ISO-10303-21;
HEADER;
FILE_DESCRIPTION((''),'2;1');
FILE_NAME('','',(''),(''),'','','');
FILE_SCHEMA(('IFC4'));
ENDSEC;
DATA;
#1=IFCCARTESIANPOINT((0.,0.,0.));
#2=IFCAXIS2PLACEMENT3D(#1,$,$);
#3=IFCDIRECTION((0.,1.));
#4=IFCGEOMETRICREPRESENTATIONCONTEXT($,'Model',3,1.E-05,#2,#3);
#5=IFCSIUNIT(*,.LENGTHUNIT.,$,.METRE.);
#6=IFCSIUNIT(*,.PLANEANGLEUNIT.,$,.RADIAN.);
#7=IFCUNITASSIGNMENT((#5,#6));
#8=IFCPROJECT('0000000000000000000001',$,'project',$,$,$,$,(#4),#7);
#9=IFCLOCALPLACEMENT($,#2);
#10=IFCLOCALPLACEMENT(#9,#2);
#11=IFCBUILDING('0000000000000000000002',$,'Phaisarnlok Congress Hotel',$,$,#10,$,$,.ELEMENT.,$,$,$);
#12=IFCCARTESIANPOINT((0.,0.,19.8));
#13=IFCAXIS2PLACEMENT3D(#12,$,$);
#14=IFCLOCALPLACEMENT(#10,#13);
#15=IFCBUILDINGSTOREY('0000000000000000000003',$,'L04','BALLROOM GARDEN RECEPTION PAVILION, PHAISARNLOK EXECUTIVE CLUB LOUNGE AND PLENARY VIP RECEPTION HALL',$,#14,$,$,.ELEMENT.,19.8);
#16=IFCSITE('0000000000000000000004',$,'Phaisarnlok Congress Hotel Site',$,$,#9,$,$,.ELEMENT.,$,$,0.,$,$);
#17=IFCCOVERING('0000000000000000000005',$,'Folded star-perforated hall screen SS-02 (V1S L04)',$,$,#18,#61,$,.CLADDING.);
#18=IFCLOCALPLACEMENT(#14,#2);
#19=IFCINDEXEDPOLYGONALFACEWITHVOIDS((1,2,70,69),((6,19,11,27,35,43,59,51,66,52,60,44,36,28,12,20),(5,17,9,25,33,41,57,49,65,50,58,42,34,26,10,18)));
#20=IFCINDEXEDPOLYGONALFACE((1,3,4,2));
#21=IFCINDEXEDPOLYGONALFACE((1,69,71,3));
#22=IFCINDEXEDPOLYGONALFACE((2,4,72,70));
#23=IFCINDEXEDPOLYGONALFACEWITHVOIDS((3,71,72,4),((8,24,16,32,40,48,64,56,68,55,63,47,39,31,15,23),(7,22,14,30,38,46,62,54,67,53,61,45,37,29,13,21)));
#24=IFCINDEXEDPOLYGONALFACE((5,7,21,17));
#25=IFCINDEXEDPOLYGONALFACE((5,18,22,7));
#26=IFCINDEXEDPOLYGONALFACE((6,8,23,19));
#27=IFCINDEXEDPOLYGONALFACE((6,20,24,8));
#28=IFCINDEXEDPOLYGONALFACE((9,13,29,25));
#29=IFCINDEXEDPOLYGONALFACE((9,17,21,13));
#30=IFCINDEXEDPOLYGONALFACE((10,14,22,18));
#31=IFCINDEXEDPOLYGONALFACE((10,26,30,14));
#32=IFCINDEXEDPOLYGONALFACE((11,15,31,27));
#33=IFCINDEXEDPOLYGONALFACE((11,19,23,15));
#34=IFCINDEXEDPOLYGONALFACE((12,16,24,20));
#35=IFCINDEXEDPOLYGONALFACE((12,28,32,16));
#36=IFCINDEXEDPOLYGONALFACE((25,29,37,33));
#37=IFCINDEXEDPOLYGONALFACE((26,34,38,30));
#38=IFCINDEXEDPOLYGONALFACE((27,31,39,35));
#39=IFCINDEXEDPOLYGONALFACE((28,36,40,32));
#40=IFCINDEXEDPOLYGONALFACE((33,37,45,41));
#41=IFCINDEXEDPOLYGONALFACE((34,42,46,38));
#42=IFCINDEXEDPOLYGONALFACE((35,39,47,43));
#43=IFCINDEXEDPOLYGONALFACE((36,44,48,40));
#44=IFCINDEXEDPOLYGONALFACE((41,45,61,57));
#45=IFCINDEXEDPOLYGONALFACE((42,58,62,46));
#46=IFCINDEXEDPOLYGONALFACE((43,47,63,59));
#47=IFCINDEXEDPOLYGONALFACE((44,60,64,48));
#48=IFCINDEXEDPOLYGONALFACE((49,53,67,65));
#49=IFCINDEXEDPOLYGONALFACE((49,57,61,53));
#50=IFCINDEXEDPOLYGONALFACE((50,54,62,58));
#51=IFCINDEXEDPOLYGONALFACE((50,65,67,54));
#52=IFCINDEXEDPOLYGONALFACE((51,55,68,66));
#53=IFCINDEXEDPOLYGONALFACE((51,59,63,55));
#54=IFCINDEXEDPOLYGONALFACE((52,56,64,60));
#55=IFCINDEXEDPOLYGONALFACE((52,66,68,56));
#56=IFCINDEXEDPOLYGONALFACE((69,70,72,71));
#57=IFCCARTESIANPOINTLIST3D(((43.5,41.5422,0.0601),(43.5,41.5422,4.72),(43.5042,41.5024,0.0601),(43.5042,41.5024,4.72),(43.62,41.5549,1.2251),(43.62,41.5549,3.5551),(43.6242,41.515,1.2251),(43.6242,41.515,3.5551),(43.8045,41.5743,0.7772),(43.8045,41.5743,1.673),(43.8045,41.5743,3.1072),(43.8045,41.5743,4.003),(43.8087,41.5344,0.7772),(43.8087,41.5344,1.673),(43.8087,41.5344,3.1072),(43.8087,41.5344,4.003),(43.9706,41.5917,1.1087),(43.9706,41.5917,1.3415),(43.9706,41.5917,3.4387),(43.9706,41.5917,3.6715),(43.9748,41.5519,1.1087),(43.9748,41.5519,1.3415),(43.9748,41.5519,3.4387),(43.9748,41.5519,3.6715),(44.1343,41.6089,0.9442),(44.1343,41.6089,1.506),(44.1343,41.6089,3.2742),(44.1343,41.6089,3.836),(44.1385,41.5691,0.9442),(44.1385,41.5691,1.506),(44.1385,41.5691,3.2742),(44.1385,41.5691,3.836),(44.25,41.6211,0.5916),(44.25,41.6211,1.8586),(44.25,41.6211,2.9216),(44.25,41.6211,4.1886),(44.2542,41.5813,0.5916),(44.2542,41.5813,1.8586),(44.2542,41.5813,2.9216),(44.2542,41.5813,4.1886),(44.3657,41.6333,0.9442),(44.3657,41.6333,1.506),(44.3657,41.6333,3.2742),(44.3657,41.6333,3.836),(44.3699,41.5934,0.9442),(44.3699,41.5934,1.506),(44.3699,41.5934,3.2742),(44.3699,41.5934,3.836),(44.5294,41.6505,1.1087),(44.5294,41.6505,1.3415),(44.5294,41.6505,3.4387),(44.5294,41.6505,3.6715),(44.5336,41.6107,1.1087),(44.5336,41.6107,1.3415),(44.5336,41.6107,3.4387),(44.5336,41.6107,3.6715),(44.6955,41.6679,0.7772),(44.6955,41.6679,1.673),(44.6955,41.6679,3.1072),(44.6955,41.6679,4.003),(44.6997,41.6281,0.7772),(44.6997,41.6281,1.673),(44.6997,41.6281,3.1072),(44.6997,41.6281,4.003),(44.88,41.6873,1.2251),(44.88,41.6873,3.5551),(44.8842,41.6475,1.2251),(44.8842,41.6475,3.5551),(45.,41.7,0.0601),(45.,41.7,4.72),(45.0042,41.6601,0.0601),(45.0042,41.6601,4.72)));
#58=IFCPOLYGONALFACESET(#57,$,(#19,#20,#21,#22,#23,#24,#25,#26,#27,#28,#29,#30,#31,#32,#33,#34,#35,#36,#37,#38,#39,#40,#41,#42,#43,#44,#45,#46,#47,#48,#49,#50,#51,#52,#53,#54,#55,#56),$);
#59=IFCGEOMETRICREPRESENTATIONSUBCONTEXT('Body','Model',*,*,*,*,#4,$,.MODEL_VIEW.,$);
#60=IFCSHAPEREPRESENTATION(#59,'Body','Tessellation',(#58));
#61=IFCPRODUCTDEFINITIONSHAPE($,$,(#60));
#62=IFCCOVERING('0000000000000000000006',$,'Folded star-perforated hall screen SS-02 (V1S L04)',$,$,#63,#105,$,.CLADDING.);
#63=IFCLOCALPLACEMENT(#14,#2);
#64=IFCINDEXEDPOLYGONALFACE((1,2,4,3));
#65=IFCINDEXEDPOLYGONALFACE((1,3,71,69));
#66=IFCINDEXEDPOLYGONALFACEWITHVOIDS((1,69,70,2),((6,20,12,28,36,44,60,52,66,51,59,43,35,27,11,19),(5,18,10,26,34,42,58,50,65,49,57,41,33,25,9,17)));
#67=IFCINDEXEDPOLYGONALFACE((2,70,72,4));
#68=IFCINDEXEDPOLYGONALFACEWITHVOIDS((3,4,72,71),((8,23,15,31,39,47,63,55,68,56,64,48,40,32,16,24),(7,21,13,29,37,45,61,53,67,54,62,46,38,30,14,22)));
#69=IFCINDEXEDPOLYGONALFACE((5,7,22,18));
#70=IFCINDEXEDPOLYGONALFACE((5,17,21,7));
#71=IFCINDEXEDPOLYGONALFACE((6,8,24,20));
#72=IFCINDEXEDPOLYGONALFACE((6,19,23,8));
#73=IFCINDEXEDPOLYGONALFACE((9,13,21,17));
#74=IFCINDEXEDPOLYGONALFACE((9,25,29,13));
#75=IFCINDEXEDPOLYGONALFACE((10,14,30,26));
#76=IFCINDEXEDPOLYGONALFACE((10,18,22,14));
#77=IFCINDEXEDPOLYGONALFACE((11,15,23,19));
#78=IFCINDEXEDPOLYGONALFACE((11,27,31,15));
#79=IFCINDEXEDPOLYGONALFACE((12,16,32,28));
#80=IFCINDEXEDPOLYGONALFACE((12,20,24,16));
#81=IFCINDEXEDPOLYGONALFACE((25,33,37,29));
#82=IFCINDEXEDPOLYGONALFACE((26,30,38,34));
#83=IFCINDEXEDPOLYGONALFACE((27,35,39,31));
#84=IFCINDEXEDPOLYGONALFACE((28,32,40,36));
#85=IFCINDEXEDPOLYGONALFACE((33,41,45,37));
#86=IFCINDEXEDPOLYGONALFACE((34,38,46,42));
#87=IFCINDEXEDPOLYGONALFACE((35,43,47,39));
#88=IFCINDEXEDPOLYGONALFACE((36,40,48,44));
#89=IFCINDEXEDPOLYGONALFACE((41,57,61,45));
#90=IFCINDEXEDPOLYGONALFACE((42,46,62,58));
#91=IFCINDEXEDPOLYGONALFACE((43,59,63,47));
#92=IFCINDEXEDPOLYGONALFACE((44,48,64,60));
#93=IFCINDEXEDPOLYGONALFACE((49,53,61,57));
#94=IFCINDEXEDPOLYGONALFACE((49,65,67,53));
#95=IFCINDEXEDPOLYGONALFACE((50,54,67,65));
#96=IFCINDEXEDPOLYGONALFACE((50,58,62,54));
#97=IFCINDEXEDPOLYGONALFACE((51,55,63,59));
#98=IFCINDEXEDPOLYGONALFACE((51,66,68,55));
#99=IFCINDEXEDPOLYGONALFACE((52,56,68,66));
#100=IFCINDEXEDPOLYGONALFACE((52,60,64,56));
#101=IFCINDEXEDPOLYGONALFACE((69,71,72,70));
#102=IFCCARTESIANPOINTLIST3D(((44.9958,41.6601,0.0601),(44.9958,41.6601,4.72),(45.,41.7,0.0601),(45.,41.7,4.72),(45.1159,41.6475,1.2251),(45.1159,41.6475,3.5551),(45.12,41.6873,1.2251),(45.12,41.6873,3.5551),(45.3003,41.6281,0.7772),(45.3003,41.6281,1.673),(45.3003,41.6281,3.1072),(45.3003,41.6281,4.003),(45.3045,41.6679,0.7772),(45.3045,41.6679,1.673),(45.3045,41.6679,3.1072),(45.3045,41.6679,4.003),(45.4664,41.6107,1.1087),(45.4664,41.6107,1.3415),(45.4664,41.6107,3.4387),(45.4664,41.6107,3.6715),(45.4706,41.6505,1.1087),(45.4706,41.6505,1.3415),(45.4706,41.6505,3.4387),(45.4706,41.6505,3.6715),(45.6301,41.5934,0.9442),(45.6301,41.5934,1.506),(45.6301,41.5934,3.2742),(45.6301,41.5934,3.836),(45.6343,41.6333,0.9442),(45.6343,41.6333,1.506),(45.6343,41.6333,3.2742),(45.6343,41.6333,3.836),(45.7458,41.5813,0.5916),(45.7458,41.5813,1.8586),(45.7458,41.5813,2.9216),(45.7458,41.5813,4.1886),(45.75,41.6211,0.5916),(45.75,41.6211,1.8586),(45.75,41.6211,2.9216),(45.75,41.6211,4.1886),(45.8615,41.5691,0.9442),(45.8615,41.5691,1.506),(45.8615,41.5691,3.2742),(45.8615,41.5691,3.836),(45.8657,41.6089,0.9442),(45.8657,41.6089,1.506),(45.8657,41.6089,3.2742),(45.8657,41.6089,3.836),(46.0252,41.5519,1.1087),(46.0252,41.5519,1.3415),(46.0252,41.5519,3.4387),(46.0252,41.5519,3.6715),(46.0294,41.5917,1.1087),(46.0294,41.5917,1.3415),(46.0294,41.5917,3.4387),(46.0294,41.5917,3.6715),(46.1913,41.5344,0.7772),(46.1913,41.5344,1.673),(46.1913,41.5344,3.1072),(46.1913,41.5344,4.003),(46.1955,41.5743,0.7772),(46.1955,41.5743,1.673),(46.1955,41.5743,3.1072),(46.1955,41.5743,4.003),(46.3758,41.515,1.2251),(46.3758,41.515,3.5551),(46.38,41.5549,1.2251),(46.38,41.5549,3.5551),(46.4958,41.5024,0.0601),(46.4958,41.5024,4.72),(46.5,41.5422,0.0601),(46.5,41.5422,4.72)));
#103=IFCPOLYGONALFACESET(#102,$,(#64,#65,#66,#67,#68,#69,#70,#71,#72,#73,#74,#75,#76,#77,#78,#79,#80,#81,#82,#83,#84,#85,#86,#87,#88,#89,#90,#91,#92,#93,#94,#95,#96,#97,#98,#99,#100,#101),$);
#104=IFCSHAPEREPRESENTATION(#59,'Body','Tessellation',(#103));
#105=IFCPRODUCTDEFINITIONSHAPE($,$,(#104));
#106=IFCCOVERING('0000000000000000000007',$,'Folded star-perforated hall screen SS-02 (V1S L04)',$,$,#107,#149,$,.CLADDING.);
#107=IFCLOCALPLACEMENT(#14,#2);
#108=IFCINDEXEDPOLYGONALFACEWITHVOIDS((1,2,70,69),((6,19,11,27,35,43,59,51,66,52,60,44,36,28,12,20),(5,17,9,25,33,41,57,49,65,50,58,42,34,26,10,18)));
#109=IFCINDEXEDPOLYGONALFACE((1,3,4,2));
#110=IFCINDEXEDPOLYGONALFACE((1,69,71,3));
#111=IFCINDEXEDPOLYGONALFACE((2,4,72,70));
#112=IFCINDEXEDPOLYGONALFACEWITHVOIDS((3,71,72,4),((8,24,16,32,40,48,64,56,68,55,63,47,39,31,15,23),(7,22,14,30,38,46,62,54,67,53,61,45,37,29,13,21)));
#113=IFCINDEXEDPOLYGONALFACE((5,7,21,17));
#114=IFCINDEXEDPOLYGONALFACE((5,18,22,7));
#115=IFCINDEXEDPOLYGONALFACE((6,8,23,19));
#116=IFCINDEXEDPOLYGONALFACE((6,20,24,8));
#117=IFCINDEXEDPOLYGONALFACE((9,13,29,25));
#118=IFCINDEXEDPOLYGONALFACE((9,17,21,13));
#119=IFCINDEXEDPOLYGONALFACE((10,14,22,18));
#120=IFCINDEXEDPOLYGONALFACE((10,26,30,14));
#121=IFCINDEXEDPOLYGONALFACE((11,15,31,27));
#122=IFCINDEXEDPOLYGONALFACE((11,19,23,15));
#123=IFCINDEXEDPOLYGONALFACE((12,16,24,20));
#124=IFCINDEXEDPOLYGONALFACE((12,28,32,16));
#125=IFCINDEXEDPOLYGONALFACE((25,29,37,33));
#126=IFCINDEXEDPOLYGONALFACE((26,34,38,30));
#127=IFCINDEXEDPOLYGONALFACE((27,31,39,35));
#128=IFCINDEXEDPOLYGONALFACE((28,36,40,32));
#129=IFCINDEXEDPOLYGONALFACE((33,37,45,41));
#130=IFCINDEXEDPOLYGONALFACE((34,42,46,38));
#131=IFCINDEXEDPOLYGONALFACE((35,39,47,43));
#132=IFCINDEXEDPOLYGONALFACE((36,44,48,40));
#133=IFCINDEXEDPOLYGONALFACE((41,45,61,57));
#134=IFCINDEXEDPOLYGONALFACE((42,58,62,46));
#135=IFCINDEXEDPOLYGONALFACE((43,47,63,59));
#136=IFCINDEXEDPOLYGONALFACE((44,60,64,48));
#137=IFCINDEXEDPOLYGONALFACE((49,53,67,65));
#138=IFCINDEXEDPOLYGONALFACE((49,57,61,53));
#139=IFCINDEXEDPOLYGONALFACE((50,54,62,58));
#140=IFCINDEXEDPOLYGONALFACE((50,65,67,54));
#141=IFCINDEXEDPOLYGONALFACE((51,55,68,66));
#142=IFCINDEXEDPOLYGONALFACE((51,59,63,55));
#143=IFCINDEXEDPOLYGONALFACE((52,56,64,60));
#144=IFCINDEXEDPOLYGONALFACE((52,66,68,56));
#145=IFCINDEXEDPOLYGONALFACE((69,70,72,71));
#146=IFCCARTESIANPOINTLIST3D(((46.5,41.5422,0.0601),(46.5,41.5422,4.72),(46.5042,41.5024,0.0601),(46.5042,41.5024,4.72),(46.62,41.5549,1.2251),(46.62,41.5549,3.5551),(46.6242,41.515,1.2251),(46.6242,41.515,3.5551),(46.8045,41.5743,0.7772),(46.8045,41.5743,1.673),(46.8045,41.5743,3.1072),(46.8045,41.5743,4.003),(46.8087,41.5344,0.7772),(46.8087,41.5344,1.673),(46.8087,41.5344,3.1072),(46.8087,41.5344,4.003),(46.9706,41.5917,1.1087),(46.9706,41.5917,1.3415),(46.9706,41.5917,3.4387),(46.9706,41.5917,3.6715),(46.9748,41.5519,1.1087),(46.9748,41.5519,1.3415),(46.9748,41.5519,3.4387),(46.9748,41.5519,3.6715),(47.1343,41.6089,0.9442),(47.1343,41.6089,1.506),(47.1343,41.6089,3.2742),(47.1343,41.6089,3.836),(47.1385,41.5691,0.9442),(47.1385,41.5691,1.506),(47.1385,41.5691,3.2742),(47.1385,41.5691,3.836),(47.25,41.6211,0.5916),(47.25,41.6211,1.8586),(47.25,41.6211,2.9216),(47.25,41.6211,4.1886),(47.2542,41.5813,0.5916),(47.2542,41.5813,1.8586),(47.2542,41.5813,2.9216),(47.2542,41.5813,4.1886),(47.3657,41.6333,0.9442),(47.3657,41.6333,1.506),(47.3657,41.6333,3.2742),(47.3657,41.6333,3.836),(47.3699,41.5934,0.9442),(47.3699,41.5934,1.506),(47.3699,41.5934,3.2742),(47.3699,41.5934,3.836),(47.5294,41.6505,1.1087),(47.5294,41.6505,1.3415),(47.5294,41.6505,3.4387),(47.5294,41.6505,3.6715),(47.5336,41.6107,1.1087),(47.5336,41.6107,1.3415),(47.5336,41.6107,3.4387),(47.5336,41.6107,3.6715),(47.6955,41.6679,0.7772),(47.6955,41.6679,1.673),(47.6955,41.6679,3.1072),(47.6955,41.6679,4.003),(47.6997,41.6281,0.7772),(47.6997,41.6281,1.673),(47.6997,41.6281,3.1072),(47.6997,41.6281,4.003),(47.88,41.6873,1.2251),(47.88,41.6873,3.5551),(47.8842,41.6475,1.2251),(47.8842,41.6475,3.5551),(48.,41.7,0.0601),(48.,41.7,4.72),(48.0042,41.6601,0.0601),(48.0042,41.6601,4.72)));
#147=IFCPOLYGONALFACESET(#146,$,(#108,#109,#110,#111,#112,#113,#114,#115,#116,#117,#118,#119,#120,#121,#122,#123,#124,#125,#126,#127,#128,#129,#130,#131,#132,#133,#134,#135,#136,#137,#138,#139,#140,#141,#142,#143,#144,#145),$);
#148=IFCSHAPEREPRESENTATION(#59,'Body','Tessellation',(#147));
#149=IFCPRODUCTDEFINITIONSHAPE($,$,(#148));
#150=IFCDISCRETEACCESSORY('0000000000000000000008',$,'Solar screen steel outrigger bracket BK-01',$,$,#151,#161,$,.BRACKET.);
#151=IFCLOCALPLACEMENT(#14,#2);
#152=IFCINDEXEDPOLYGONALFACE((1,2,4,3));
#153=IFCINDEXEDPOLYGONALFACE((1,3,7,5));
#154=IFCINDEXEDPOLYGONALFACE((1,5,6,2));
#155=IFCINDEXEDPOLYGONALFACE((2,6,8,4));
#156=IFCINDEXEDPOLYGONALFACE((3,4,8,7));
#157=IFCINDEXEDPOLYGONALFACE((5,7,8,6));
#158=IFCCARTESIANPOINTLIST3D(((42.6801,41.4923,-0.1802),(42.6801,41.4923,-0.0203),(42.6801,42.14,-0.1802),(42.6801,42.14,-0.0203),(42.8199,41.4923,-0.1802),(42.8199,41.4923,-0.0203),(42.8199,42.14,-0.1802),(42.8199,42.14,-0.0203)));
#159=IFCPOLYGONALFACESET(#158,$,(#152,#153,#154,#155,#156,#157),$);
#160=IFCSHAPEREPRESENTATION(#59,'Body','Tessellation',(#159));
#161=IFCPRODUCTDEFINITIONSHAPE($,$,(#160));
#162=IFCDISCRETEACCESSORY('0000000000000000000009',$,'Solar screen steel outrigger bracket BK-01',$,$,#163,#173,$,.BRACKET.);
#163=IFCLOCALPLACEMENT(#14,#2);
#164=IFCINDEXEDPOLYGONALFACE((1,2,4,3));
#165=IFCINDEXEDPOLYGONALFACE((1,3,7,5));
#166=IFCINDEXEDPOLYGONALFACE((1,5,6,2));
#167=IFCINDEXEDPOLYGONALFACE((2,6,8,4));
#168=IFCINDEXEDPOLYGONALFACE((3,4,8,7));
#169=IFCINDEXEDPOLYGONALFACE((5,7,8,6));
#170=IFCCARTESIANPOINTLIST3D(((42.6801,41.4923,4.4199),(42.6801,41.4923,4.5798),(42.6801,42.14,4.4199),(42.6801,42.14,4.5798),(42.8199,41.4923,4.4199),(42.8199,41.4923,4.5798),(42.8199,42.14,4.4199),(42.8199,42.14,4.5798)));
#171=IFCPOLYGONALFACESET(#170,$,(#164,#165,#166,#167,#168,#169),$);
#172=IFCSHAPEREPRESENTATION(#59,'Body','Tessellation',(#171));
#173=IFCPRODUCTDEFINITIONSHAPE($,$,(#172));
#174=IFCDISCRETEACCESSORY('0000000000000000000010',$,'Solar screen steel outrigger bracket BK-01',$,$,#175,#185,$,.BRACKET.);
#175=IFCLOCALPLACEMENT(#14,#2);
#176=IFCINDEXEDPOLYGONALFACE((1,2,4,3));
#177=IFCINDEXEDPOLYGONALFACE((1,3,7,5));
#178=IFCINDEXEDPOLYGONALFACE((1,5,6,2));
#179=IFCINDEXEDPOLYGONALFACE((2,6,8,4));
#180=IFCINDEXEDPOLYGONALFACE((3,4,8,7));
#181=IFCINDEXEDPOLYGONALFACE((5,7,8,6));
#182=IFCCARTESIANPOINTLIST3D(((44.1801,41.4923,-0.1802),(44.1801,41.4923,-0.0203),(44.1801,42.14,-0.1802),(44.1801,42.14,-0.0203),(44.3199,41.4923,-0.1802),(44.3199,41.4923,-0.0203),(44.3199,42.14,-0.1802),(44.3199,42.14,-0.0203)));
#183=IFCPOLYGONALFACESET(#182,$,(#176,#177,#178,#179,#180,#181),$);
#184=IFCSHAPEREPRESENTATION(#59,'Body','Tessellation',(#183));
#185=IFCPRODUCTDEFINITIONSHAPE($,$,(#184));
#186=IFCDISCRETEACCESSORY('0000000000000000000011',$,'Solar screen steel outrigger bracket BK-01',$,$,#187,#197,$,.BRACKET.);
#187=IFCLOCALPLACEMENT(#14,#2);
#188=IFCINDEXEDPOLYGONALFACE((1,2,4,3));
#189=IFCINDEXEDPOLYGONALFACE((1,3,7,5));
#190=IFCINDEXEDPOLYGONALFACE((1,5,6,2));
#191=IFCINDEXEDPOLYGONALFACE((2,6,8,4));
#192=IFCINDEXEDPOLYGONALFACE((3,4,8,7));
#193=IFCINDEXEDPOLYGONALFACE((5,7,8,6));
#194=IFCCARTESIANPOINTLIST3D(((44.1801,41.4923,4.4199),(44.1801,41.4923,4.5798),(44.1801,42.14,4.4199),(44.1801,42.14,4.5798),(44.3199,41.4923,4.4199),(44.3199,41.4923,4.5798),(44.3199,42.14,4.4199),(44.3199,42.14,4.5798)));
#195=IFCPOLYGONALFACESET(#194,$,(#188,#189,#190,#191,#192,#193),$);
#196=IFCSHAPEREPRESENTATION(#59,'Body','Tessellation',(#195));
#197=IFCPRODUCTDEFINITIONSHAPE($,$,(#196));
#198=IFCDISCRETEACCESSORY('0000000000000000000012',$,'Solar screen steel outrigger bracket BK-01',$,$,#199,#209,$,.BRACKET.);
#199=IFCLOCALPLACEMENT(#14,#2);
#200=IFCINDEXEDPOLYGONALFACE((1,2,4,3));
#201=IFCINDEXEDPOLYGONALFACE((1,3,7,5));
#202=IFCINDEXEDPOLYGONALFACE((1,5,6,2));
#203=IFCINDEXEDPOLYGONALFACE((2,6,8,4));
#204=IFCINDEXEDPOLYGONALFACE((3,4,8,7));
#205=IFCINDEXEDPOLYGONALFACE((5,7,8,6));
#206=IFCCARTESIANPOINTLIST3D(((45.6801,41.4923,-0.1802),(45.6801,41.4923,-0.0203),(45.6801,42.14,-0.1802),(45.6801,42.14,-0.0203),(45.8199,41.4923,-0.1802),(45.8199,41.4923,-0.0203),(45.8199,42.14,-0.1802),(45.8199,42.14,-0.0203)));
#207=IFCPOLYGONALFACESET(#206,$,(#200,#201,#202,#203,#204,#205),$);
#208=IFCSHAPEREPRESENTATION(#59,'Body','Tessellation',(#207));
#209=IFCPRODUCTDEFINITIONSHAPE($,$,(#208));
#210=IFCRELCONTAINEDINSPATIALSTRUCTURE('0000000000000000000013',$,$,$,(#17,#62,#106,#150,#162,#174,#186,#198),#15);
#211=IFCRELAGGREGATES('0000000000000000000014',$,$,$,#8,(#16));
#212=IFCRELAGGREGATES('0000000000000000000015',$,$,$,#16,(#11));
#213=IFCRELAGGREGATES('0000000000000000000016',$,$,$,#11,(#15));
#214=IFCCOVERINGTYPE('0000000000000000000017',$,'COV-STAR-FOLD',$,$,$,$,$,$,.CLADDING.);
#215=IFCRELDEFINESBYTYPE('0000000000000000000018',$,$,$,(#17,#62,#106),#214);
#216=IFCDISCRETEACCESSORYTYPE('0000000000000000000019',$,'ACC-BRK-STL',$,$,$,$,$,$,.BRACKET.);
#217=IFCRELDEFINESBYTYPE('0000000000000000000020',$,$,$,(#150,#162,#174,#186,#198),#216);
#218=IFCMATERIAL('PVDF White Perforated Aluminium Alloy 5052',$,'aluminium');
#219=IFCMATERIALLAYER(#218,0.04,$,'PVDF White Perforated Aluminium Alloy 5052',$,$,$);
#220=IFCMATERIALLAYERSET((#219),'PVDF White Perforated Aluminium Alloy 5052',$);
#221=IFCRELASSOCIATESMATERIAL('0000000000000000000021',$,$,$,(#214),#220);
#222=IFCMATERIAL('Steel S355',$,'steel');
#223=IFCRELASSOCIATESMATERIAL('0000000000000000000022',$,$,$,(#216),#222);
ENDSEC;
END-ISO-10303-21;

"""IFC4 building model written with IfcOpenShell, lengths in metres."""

from ifc_helpers import new_model, si_unit, direction, frame, origin, origin_2d, place, context, subcontext, project, spatial, polyline, rectangle, outline, extrude, material, layer, layer_set, type_object, element, save


model = new_model("IFC4")

# Units and contexts
model_context = context("Model", 3, precision=1e-05, world=origin(), true_north=direction((0.0, 1.0)))
body_context = subcontext(model_context, "Body", "Model", "MODEL_VIEW")
ifc_project = project(units=[si_unit("LENGTHUNIT", "METRE"), si_unit("PLANEANGLEUNIT", "RADIAN")], contexts=[model_context])

# Site, building, storey
site_placement = place(None, origin())
site = spatial("IfcSite", under=ifc_project, at=site_placement, Name="Phaisarnlok Congress Hotel Site", CompositionType="ELEMENT", RefElevation=0.0)
building_placement = place(site_placement, origin())
building = spatial("IfcBuilding", under=site, at=building_placement, Name="Phaisarnlok Congress Hotel", CompositionType="ELEMENT")
storey_placement = place(building_placement, frame((0.0, 0.0, 19.8)))
storey = spatial("IfcBuildingStorey", under=building, at=storey_placement, Name="L04", Description="BALLROOM GARDEN RECEPTION PAVILION, PHAISARNLOK EXECUTIVE CLUB LOUNGE AND PLENARY VIP RECEPTION HALL", CompositionType="ELEMENT", Elevation=19.8)

# Shared definitions
ifc_material_1 = material(Name="Steel S355", Category="steel")

# Coverings
ifc_material_2 = material(Name="PVDF White Perforated Aluminium Alloy 5052", Category="aluminium")
ifc_layer_1 = layer(ifc_material_2, 0.04, Name="PVDF White Perforated Aluminium Alloy 5052")
ifc_layer_set_1 = layer_set([ifc_layer_1], Name="PVDF White Perforated Aluminium Alloy 5052")
covering_type = type_object("IfcCoveringType", Name="COV-STAR-FOLD", PredefinedType="CLADDING", material=ifc_layer_set_1)
for number, where, z_axis, x_axis, name in (
    (1, (43.5, 41.5422, 0.0601), (0.104567, -0.994518, 0.0), (0.994518, 0.104567, 0.0), "Folded star-perforated hall screen SS-02 (V1S L04)"),
    (2, (45.0, 41.7, 0.0601), (-0.104567, -0.994518, 0.0), (0.994518, -0.104567, 0.0), "Folded star-perforated hall screen SS-02 (V1S L04)"),
    (3, (46.5, 41.5422, 0.0601), (0.104567, -0.994518, 0.0), (0.994518, 0.104567, 0.0), "Folded star-perforated hall screen SS-02 (V1S L04)"),
):
    element("IfcCovering", number, at=place(storey_placement, frame(where, z_axis=z_axis, x_axis=x_axis)), inside=storey, type_object=covering_type, Name=name, PredefinedType="CLADDING", context=body_context, shape_type="SweptSolid", body=[
        extrude(outline(polyline([(0.0, 0.0), (1.5083, 0.0), (1.5083, 4.6599), (0.0, 4.6599), (0.0, 0.0)]), holes=[polyline([(1.0351, 1.0486), (1.2021, 0.7171), (0.8705, 0.8841), (0.7541, 0.5315), (0.6378, 0.8841), (0.3062, 0.7171), (0.4732, 1.0486), (0.1207, 1.165), (0.4732, 1.2814), (0.3062, 1.6129), (0.6378, 1.4459), (0.7541, 1.7985), (0.8705, 1.4459), (1.2021, 1.6129), (1.0351, 1.2814), (1.3876, 1.165), (1.0351, 1.0486)]), polyline([(1.0351, 3.3786), (1.2021, 3.0471), (0.8705, 3.2141), (0.7541, 2.8615), (0.6378, 3.2141), (0.3062, 3.0471), (0.4732, 3.3786), (0.1207, 3.495), (0.4732, 3.6114), (0.3062, 3.9429), (0.6378, 3.7759), (0.7541, 4.1285), (0.8705, 3.7759), (1.2021, 3.9429), (1.0351, 3.6114), (1.3876, 3.495), (1.0351, 3.3786)])]), origin(), (0.0, 0.0, 1.0), 0.04),
    ])

# Discrete accessories
discrete_accessory_type = type_object("IfcDiscreteAccessoryType", Name="ACC-BRK-STL", PredefinedType="BRACKET", material=ifc_material_1)
for number, where, z_axis, x_axis, name in (
    (4, (42.75, 41.8162, -0.1802), (0.0, 0.0, 1.0), (1.0, 0.0, 0.0), "Solar screen steel outrigger bracket BK-01"),
    (5, (42.75, 41.8162, 4.4199), (0.0, 0.0, 1.0), (1.0, 0.0, 0.0), "Solar screen steel outrigger bracket BK-01"),
    (6, (44.25, 41.8162, -0.1802), (0.0, 0.0, 1.0), (1.0, 0.0, 0.0), "Solar screen steel outrigger bracket BK-01"),
    (7, (44.25, 41.8162, 4.4199), (0.0, 0.0, 1.0), (1.0, 0.0, 0.0), "Solar screen steel outrigger bracket BK-01"),
    (8, (45.75, 41.8162, -0.1802), (0.0, 0.0, 1.0), (1.0, 0.0, 0.0), "Solar screen steel outrigger bracket BK-01"),
):
    element("IfcDiscreteAccessory", number, at=place(storey_placement, frame(where, z_axis=z_axis, x_axis=x_axis)), inside=storey, type_object=discrete_accessory_type, Name=name, PredefinedType="BRACKET", context=body_context, shape_type="SweptSolid", body=[
        extrude(rectangle(XDim=0.1399, YDim=0.6477, at=origin_2d()), origin(), (0.0, 0.0, 1.0), 0.1599),
    ])

save(model, "model.ifc")
